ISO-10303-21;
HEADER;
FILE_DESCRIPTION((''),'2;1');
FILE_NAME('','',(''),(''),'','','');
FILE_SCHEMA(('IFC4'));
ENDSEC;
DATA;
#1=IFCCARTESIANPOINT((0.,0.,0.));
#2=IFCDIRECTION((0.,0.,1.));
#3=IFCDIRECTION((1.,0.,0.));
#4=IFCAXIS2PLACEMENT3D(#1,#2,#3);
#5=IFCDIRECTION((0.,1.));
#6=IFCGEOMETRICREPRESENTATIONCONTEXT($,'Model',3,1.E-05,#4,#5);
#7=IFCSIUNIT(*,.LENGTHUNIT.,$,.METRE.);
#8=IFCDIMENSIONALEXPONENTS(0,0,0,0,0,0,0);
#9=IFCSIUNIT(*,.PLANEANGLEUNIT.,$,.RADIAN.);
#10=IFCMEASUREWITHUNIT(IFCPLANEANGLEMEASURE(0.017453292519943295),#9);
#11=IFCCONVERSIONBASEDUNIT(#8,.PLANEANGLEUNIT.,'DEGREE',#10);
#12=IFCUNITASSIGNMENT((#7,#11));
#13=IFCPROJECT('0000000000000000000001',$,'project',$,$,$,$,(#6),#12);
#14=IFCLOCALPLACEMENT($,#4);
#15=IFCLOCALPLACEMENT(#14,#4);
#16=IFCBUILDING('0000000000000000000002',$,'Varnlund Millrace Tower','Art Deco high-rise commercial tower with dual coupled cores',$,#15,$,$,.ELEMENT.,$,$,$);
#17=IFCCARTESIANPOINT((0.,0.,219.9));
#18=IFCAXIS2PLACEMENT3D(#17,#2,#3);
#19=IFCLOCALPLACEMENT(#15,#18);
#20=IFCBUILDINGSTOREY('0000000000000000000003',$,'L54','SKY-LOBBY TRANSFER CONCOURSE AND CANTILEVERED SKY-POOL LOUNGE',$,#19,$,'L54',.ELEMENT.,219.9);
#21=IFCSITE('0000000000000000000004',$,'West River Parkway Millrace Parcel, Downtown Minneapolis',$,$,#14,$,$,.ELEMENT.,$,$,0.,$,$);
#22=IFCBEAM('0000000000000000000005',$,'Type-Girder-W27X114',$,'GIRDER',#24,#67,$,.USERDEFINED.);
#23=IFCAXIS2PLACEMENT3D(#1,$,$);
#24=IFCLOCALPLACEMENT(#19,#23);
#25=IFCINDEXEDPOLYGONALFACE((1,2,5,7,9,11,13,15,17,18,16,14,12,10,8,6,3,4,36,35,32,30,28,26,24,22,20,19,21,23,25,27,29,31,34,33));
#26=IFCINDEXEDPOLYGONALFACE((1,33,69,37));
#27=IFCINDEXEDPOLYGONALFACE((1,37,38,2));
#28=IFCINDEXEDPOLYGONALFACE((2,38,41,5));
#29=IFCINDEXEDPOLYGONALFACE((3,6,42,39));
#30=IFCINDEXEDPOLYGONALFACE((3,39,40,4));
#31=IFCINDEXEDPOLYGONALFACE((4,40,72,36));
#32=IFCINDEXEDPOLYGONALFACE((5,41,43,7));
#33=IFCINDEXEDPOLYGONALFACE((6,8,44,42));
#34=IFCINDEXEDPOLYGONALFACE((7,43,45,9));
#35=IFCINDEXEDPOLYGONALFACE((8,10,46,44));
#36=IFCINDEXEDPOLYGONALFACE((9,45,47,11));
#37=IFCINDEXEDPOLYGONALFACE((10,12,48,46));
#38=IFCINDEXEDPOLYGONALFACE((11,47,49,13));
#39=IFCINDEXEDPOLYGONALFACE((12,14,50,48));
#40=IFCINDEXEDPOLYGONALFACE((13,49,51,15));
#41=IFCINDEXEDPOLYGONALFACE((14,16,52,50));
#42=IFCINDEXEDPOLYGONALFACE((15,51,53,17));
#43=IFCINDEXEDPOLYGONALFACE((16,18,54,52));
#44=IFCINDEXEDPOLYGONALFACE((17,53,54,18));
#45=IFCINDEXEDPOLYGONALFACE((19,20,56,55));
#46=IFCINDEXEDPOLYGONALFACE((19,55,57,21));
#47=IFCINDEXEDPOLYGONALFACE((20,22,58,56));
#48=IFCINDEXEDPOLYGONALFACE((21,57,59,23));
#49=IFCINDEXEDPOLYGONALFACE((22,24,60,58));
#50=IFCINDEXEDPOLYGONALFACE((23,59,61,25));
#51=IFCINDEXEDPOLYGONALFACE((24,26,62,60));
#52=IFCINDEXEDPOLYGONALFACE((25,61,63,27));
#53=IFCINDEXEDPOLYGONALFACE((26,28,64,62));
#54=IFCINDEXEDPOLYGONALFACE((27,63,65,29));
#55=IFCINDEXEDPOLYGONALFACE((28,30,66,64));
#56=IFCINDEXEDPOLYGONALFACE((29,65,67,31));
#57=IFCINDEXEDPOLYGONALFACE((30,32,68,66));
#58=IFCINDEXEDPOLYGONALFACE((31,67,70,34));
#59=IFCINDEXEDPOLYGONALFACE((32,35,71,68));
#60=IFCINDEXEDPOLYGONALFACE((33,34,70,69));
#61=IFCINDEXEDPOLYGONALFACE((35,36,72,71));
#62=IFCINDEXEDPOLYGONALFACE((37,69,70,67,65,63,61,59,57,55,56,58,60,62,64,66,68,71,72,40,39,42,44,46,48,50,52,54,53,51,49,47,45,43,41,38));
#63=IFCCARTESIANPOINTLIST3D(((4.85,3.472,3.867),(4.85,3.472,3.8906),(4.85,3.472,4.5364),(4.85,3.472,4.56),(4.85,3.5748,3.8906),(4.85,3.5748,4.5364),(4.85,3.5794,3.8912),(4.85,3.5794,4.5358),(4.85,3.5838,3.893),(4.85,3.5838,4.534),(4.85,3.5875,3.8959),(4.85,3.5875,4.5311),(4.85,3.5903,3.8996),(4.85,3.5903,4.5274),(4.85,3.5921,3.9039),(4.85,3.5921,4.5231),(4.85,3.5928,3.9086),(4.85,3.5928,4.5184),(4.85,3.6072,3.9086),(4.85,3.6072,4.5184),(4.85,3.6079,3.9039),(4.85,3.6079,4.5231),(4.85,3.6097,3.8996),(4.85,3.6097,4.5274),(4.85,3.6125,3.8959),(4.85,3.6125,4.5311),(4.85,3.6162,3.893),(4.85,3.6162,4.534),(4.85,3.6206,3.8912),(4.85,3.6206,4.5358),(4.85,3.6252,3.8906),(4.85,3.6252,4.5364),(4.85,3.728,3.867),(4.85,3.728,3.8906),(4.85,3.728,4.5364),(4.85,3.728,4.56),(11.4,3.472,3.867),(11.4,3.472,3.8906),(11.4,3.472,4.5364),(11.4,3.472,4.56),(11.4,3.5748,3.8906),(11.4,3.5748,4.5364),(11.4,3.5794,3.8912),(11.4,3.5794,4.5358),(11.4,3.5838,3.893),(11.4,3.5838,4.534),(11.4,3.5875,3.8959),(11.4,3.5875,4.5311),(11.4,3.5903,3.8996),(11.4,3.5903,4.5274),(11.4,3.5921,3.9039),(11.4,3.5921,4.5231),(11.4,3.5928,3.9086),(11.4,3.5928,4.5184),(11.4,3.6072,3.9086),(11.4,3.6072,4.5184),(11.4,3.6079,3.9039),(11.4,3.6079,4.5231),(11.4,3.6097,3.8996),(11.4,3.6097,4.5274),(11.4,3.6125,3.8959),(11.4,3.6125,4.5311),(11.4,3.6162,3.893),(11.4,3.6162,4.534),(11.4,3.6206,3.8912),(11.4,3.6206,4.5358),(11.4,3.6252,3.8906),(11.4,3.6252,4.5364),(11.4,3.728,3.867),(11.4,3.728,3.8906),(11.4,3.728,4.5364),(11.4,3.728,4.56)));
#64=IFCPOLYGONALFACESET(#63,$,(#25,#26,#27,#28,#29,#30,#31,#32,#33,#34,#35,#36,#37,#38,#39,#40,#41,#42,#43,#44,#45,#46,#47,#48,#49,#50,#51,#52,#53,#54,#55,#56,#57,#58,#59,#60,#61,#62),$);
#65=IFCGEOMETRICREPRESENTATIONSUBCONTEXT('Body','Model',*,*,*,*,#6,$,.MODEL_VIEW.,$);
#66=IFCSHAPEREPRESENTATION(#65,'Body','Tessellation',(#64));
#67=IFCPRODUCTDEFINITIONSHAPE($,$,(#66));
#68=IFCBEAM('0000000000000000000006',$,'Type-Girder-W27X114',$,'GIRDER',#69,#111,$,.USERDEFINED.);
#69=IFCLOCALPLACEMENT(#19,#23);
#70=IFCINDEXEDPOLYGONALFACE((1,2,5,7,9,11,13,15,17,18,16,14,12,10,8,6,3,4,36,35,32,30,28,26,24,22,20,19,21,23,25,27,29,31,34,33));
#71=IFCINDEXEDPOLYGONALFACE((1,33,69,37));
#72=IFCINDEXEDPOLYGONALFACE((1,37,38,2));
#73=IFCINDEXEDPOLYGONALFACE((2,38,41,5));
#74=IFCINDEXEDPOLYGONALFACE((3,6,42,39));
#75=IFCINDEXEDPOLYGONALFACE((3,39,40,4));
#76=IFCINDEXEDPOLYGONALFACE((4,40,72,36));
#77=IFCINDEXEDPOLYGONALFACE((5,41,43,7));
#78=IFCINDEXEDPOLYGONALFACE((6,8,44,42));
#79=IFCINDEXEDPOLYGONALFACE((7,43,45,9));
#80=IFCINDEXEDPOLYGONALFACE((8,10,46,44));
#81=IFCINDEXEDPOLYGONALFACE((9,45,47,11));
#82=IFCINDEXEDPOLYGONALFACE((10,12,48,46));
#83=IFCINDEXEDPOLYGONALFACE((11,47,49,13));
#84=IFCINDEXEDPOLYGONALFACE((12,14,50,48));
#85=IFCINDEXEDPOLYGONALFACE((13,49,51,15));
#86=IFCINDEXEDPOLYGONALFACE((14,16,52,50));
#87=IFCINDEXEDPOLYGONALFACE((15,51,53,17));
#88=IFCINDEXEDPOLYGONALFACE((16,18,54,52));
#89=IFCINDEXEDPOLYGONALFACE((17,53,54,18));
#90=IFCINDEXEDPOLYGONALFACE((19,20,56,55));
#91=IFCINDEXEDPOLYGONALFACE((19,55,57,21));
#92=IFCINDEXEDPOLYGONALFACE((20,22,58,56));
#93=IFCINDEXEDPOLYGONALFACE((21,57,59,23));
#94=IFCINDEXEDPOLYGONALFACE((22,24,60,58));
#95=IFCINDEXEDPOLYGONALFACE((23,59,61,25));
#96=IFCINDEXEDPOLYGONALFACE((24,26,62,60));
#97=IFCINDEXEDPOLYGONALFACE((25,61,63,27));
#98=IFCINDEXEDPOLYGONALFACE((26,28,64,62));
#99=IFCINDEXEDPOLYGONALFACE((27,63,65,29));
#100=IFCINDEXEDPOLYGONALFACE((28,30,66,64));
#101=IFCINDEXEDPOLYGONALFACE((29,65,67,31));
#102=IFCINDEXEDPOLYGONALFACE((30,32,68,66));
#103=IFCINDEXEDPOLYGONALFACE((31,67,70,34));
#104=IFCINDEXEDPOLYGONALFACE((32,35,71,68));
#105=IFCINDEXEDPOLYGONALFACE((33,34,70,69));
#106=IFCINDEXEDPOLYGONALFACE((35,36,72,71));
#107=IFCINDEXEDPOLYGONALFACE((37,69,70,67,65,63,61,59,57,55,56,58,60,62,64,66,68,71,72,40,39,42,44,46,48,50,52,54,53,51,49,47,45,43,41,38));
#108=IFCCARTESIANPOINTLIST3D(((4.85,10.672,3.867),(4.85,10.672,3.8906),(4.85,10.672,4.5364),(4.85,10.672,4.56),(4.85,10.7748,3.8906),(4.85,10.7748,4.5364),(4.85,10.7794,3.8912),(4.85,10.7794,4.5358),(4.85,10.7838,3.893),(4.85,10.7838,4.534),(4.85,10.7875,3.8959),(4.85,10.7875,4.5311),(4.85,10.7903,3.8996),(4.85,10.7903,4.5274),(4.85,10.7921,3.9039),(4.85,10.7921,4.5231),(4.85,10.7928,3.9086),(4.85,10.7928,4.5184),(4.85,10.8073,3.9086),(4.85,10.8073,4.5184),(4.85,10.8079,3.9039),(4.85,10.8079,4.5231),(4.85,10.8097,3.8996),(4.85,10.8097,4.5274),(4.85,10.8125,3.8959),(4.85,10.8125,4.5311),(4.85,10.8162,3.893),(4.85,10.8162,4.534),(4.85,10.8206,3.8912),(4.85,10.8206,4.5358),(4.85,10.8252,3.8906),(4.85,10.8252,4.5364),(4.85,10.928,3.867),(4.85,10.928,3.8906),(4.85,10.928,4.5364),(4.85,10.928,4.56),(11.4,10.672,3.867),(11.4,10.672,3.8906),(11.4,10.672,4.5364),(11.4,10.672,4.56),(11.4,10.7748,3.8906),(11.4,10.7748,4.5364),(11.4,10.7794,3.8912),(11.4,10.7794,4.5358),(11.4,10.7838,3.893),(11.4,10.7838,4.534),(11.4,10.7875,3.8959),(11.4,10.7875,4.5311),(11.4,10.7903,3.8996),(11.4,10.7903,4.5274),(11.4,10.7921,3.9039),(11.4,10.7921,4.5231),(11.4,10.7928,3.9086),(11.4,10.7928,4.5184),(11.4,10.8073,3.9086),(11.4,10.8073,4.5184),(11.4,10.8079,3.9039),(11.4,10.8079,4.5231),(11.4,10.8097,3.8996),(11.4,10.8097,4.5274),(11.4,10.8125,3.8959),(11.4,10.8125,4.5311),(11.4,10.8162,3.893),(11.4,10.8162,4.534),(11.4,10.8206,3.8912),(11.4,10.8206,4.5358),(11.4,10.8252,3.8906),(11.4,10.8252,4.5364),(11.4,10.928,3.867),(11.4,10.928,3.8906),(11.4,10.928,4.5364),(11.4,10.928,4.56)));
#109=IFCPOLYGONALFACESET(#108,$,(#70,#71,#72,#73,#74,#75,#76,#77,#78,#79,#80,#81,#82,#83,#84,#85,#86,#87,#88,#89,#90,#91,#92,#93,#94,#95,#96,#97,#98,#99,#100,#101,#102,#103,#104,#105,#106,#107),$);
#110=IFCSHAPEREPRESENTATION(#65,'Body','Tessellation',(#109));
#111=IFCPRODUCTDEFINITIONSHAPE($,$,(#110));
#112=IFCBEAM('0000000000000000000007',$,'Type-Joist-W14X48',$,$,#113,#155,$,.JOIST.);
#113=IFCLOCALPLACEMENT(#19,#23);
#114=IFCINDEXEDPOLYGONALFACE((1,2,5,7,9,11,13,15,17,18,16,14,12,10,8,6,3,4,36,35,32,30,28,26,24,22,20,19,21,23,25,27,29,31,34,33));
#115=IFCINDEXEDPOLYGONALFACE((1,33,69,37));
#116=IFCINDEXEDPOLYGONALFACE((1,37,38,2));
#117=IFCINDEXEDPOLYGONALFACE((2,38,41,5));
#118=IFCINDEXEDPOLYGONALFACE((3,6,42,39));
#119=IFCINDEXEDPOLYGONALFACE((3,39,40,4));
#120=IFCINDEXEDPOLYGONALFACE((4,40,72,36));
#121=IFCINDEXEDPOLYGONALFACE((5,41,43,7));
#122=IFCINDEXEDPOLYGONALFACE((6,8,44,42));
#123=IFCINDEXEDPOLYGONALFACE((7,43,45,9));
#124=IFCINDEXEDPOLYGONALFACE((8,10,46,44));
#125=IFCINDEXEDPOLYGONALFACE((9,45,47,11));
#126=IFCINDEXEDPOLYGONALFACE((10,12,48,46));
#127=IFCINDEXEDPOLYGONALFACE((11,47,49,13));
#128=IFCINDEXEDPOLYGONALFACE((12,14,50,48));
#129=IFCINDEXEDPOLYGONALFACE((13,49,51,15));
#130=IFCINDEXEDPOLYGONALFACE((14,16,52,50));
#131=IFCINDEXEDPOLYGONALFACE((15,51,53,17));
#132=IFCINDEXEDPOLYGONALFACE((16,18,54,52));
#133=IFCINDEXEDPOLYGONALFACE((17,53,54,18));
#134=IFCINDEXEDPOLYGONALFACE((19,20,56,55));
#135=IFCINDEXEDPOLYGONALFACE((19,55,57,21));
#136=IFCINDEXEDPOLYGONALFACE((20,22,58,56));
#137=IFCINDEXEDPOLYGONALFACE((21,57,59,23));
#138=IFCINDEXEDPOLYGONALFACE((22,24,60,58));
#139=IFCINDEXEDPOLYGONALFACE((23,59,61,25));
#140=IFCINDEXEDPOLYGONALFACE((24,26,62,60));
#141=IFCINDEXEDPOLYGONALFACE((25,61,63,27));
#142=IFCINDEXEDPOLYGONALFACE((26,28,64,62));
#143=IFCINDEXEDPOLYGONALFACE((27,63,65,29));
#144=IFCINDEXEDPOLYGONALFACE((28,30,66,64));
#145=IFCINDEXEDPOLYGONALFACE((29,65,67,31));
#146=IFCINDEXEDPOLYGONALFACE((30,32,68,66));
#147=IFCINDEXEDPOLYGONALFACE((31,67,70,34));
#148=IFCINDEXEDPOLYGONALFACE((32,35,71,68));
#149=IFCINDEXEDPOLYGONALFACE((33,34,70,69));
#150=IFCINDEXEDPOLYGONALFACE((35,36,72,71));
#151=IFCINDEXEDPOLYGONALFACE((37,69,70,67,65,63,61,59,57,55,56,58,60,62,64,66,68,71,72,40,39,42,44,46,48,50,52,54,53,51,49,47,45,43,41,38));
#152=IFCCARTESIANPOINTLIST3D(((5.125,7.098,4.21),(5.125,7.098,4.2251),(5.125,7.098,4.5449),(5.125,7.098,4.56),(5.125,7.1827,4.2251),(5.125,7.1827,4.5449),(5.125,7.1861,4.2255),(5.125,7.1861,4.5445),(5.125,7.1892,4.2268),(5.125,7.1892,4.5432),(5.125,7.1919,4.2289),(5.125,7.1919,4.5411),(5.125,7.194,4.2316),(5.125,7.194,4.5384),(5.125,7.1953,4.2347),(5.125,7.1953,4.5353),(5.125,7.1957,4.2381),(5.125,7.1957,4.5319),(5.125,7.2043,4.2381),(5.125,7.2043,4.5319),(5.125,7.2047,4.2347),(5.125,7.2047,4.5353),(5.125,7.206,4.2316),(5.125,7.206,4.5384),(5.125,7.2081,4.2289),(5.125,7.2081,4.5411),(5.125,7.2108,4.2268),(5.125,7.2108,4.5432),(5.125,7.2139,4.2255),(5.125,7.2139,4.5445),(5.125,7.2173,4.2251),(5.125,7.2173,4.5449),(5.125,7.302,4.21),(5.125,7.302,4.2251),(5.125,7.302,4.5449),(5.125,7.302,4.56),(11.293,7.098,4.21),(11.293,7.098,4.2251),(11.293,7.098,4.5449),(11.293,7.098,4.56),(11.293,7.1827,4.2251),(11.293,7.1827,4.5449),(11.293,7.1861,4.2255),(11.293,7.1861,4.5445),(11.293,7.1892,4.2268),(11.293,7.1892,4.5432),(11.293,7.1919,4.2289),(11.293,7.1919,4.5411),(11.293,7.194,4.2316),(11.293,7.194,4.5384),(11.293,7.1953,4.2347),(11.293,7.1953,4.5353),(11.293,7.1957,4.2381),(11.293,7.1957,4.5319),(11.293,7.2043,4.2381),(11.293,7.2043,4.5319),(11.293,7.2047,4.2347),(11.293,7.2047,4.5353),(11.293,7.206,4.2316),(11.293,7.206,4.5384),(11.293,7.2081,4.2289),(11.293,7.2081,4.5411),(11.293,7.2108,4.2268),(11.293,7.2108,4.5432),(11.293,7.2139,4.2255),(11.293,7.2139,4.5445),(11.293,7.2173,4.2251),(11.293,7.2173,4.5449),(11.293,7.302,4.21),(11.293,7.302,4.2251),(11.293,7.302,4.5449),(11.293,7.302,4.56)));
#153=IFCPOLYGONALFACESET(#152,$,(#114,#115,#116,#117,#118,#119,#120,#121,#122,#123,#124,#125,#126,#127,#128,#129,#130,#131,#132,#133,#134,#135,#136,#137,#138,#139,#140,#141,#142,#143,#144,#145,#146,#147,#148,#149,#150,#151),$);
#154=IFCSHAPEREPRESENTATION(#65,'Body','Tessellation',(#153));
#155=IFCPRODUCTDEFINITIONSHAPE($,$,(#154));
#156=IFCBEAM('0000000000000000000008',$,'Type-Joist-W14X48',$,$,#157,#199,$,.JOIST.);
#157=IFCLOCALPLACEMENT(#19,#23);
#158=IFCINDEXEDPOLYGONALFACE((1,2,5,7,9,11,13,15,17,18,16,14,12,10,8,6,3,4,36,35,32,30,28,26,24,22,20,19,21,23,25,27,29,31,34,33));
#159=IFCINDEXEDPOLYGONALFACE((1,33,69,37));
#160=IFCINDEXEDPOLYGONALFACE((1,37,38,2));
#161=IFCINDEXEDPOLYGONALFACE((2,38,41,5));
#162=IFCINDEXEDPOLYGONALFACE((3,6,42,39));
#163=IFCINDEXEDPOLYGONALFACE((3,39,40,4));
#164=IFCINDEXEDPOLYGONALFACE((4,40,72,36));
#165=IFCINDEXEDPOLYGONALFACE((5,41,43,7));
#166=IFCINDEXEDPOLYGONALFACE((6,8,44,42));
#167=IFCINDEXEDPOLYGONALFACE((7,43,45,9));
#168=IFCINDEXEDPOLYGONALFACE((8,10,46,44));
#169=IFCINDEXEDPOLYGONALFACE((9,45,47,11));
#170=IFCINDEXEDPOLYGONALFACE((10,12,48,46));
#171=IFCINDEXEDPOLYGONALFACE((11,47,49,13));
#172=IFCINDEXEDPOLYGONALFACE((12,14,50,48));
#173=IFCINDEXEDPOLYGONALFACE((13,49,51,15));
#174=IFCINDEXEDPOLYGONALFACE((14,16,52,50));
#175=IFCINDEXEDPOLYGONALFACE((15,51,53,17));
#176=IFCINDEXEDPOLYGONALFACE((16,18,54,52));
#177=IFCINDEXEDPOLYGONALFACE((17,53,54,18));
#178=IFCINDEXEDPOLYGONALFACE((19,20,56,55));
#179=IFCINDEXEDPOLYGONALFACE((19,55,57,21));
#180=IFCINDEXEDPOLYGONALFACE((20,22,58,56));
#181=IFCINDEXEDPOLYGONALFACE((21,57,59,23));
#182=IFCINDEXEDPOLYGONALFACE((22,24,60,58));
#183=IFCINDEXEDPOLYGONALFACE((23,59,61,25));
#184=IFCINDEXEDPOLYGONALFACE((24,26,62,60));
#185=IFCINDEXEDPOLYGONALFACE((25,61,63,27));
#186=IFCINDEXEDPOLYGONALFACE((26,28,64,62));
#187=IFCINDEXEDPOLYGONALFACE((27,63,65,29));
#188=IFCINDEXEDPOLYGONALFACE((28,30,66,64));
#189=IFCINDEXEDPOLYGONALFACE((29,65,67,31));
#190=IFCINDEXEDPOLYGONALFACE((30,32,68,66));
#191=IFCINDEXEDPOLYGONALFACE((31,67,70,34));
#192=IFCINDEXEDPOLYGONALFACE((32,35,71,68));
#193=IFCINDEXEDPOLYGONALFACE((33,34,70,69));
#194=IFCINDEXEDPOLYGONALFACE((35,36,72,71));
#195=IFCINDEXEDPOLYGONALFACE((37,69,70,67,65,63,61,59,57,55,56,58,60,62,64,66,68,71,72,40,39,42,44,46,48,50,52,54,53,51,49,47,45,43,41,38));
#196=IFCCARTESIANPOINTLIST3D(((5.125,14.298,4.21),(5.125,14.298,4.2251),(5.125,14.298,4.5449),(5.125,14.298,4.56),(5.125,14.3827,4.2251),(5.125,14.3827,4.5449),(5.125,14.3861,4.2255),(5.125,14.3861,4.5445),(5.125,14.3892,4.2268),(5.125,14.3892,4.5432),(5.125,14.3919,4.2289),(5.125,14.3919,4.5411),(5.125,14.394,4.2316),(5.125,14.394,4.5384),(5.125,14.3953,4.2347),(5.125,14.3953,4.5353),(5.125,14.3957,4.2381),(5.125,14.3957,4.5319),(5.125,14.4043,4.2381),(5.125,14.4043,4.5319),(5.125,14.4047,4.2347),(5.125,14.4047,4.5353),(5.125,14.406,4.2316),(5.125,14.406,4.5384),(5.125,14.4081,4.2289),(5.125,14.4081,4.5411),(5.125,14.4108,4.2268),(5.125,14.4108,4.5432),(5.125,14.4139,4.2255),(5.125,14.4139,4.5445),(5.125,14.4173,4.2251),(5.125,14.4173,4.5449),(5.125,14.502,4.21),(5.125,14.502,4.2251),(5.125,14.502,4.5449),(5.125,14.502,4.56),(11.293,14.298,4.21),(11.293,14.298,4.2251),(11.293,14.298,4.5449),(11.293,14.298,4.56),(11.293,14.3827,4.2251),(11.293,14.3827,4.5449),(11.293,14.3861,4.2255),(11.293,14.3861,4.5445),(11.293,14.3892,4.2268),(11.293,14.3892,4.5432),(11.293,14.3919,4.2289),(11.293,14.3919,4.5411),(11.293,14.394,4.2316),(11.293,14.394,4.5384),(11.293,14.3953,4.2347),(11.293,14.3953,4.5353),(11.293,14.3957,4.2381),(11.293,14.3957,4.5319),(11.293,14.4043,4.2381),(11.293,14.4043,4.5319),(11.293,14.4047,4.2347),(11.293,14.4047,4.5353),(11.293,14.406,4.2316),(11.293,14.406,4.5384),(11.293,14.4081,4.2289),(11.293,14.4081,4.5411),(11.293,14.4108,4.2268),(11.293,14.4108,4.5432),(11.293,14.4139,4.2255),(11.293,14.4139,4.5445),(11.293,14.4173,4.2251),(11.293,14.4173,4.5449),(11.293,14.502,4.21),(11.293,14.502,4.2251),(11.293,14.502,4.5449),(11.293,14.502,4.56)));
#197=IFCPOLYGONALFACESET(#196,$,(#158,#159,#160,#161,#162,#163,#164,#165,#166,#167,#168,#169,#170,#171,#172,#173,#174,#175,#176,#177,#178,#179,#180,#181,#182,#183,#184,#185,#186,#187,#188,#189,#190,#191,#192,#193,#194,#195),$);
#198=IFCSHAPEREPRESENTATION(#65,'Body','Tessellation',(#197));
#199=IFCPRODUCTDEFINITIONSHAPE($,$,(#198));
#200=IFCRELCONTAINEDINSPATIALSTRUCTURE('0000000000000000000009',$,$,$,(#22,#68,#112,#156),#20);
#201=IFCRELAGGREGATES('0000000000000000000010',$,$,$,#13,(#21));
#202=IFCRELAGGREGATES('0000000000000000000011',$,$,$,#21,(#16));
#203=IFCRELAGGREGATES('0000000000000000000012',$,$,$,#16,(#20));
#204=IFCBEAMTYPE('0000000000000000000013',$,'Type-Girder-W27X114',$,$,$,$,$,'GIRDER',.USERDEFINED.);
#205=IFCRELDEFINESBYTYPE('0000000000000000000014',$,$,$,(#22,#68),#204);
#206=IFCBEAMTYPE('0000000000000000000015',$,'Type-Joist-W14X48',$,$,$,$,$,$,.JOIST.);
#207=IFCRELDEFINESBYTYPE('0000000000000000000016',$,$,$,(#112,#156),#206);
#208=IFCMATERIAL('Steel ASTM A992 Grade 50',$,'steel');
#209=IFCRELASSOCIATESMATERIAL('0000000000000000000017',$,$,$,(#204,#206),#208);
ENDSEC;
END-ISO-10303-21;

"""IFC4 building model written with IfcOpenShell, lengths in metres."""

from ifc_helpers import new_model, entity, si_unit, converted_unit, direction, frame, origin_with_axes, origin_2d_with_axis, place, context, subcontext, project, spatial, i_section, extrude, material, material_profile, profile_set, type_object, element, save


model = new_model("IFC4")

# Units and contexts
model_context = context("Model", 3, precision=1e-05, world=origin_with_axes(), true_north=direction((0.0, 1.0)))
body_context = subcontext(model_context, "Body", "Model", "MODEL_VIEW")
ifc_project = project(units=[si_unit("LENGTHUNIT", "METRE"), converted_unit("PLANEANGLEUNIT", "DEGREE", entity("IfcPlaneAngleMeasure", 0.017453292519943295), si_unit("PLANEANGLEUNIT", "RADIAN"), dimensions=[0, 0, 0, 0, 0, 0, 0])], contexts=[model_context])

# Site, building, storey
site_placement = place(None, origin_with_axes())
site = spatial("IfcSite", under=ifc_project, at=site_placement, Name="West River Parkway Millrace Parcel, Downtown Minneapolis", CompositionType="ELEMENT", RefElevation=0.0)
building_placement = place(site_placement, origin_with_axes())
building = spatial("IfcBuilding", under=site, at=building_placement, Name="Varnlund Millrace Tower", Description="Art Deco high-rise commercial tower with dual coupled cores", CompositionType="ELEMENT")
storey_placement = place(building_placement, frame((0.0, 0.0, 219.9), z_axis=(0.0, 0.0, 1.0), x_axis=(1.0, 0.0, 0.0)))
storey = spatial("IfcBuildingStorey", under=building, at=storey_placement, Name="L54", Description="SKY-LOBBY TRANSFER CONCOURSE AND CANTILEVERED SKY-POOL LOUNGE", LongName="L54", CompositionType="ELEMENT", Elevation=219.9)

# Beams
ifc_material_1 = material(Name="Steel ASTM A992 Grade 50", Category="steel")
ifc_material_profile_1 = material_profile(ifc_material_1, i_section(OverallWidth=0.256, OverallDepth=0.693, WebThickness=0.0145, FlangeThickness=0.0236, FilletRadius=0.018, at=origin_2d_with_axis()), Name="Steel ASTM A992 Grade 50")
ifc_profile_set_1 = profile_set([ifc_material_profile_1], Name="Steel ASTM A992 Grade 50")
beam_type_1 = type_object("IfcBeamType", Name="Type-Girder-W27X114", ElementType="GIRDER", PredefinedType="USERDEFINED", material=ifc_profile_set_1)
for number, where, z_axis, x_axis, name in (
    (1, (4.85, 3.6, 4.2135), (1.0, 0.0, 0.0), (0.0, 1.0, 0.0), "Type-Girder-W27X114"),
    (2, (4.85, 10.8, 4.2135), (1.0, 0.0, 0.0), (0.0, 1.0, 0.0), "Type-Girder-W27X114"),
):
    element("IfcBeam", number, at=place(storey_placement, frame(where, z_axis=z_axis, x_axis=x_axis)), inside=storey, type_object=beam_type_1, Name=name, ObjectType="GIRDER", PredefinedType="USERDEFINED", context=body_context, shape_type="SweptSolid", body=[
        extrude(i_section(OverallWidth=0.256, OverallDepth=0.693, WebThickness=0.0145, FlangeThickness=0.0236, FilletRadius=0.018, at=origin_2d_with_axis()), origin_with_axes(), (0.0, 0.0, 1.0), 6.55),
    ])
ifc_material_profile_2 = material_profile(ifc_material_1, i_section(OverallWidth=0.204, OverallDepth=0.35, WebThickness=0.0086, FlangeThickness=0.0151, FilletRadius=0.013, at=origin_2d_with_axis()), Name="Steel ASTM A992 Grade 50")
ifc_profile_set_2 = profile_set([ifc_material_profile_2], Name="Steel ASTM A992 Grade 50")
beam_type_2 = type_object("IfcBeamType", Name="Type-Joist-W14X48", PredefinedType="JOIST", material=ifc_profile_set_2)
for number, where, z_axis, x_axis, name in (
    (3, (5.125, 7.2, 4.385), (1.0, 0.0, 0.0), (0.0, 1.0, 0.0), "Type-Joist-W14X48"),
    (4, (5.125, 14.4, 4.385), (1.0, 0.0, 0.0), (0.0, 1.0, 0.0), "Type-Joist-W14X48"),
):
    element("IfcBeam", number, at=place(storey_placement, frame(where, z_axis=z_axis, x_axis=x_axis)), inside=storey, type_object=beam_type_2, Name=name, PredefinedType="JOIST", context=body_context, shape_type="SweptSolid", body=[
        extrude(i_section(OverallWidth=0.204, OverallDepth=0.35, WebThickness=0.0086, FlangeThickness=0.0151, FilletRadius=0.013, at=origin_2d_with_axis()), origin_with_axes(), (0.0, 0.0, 1.0), 6.168),
    ])

save(model, "model.ifc")
